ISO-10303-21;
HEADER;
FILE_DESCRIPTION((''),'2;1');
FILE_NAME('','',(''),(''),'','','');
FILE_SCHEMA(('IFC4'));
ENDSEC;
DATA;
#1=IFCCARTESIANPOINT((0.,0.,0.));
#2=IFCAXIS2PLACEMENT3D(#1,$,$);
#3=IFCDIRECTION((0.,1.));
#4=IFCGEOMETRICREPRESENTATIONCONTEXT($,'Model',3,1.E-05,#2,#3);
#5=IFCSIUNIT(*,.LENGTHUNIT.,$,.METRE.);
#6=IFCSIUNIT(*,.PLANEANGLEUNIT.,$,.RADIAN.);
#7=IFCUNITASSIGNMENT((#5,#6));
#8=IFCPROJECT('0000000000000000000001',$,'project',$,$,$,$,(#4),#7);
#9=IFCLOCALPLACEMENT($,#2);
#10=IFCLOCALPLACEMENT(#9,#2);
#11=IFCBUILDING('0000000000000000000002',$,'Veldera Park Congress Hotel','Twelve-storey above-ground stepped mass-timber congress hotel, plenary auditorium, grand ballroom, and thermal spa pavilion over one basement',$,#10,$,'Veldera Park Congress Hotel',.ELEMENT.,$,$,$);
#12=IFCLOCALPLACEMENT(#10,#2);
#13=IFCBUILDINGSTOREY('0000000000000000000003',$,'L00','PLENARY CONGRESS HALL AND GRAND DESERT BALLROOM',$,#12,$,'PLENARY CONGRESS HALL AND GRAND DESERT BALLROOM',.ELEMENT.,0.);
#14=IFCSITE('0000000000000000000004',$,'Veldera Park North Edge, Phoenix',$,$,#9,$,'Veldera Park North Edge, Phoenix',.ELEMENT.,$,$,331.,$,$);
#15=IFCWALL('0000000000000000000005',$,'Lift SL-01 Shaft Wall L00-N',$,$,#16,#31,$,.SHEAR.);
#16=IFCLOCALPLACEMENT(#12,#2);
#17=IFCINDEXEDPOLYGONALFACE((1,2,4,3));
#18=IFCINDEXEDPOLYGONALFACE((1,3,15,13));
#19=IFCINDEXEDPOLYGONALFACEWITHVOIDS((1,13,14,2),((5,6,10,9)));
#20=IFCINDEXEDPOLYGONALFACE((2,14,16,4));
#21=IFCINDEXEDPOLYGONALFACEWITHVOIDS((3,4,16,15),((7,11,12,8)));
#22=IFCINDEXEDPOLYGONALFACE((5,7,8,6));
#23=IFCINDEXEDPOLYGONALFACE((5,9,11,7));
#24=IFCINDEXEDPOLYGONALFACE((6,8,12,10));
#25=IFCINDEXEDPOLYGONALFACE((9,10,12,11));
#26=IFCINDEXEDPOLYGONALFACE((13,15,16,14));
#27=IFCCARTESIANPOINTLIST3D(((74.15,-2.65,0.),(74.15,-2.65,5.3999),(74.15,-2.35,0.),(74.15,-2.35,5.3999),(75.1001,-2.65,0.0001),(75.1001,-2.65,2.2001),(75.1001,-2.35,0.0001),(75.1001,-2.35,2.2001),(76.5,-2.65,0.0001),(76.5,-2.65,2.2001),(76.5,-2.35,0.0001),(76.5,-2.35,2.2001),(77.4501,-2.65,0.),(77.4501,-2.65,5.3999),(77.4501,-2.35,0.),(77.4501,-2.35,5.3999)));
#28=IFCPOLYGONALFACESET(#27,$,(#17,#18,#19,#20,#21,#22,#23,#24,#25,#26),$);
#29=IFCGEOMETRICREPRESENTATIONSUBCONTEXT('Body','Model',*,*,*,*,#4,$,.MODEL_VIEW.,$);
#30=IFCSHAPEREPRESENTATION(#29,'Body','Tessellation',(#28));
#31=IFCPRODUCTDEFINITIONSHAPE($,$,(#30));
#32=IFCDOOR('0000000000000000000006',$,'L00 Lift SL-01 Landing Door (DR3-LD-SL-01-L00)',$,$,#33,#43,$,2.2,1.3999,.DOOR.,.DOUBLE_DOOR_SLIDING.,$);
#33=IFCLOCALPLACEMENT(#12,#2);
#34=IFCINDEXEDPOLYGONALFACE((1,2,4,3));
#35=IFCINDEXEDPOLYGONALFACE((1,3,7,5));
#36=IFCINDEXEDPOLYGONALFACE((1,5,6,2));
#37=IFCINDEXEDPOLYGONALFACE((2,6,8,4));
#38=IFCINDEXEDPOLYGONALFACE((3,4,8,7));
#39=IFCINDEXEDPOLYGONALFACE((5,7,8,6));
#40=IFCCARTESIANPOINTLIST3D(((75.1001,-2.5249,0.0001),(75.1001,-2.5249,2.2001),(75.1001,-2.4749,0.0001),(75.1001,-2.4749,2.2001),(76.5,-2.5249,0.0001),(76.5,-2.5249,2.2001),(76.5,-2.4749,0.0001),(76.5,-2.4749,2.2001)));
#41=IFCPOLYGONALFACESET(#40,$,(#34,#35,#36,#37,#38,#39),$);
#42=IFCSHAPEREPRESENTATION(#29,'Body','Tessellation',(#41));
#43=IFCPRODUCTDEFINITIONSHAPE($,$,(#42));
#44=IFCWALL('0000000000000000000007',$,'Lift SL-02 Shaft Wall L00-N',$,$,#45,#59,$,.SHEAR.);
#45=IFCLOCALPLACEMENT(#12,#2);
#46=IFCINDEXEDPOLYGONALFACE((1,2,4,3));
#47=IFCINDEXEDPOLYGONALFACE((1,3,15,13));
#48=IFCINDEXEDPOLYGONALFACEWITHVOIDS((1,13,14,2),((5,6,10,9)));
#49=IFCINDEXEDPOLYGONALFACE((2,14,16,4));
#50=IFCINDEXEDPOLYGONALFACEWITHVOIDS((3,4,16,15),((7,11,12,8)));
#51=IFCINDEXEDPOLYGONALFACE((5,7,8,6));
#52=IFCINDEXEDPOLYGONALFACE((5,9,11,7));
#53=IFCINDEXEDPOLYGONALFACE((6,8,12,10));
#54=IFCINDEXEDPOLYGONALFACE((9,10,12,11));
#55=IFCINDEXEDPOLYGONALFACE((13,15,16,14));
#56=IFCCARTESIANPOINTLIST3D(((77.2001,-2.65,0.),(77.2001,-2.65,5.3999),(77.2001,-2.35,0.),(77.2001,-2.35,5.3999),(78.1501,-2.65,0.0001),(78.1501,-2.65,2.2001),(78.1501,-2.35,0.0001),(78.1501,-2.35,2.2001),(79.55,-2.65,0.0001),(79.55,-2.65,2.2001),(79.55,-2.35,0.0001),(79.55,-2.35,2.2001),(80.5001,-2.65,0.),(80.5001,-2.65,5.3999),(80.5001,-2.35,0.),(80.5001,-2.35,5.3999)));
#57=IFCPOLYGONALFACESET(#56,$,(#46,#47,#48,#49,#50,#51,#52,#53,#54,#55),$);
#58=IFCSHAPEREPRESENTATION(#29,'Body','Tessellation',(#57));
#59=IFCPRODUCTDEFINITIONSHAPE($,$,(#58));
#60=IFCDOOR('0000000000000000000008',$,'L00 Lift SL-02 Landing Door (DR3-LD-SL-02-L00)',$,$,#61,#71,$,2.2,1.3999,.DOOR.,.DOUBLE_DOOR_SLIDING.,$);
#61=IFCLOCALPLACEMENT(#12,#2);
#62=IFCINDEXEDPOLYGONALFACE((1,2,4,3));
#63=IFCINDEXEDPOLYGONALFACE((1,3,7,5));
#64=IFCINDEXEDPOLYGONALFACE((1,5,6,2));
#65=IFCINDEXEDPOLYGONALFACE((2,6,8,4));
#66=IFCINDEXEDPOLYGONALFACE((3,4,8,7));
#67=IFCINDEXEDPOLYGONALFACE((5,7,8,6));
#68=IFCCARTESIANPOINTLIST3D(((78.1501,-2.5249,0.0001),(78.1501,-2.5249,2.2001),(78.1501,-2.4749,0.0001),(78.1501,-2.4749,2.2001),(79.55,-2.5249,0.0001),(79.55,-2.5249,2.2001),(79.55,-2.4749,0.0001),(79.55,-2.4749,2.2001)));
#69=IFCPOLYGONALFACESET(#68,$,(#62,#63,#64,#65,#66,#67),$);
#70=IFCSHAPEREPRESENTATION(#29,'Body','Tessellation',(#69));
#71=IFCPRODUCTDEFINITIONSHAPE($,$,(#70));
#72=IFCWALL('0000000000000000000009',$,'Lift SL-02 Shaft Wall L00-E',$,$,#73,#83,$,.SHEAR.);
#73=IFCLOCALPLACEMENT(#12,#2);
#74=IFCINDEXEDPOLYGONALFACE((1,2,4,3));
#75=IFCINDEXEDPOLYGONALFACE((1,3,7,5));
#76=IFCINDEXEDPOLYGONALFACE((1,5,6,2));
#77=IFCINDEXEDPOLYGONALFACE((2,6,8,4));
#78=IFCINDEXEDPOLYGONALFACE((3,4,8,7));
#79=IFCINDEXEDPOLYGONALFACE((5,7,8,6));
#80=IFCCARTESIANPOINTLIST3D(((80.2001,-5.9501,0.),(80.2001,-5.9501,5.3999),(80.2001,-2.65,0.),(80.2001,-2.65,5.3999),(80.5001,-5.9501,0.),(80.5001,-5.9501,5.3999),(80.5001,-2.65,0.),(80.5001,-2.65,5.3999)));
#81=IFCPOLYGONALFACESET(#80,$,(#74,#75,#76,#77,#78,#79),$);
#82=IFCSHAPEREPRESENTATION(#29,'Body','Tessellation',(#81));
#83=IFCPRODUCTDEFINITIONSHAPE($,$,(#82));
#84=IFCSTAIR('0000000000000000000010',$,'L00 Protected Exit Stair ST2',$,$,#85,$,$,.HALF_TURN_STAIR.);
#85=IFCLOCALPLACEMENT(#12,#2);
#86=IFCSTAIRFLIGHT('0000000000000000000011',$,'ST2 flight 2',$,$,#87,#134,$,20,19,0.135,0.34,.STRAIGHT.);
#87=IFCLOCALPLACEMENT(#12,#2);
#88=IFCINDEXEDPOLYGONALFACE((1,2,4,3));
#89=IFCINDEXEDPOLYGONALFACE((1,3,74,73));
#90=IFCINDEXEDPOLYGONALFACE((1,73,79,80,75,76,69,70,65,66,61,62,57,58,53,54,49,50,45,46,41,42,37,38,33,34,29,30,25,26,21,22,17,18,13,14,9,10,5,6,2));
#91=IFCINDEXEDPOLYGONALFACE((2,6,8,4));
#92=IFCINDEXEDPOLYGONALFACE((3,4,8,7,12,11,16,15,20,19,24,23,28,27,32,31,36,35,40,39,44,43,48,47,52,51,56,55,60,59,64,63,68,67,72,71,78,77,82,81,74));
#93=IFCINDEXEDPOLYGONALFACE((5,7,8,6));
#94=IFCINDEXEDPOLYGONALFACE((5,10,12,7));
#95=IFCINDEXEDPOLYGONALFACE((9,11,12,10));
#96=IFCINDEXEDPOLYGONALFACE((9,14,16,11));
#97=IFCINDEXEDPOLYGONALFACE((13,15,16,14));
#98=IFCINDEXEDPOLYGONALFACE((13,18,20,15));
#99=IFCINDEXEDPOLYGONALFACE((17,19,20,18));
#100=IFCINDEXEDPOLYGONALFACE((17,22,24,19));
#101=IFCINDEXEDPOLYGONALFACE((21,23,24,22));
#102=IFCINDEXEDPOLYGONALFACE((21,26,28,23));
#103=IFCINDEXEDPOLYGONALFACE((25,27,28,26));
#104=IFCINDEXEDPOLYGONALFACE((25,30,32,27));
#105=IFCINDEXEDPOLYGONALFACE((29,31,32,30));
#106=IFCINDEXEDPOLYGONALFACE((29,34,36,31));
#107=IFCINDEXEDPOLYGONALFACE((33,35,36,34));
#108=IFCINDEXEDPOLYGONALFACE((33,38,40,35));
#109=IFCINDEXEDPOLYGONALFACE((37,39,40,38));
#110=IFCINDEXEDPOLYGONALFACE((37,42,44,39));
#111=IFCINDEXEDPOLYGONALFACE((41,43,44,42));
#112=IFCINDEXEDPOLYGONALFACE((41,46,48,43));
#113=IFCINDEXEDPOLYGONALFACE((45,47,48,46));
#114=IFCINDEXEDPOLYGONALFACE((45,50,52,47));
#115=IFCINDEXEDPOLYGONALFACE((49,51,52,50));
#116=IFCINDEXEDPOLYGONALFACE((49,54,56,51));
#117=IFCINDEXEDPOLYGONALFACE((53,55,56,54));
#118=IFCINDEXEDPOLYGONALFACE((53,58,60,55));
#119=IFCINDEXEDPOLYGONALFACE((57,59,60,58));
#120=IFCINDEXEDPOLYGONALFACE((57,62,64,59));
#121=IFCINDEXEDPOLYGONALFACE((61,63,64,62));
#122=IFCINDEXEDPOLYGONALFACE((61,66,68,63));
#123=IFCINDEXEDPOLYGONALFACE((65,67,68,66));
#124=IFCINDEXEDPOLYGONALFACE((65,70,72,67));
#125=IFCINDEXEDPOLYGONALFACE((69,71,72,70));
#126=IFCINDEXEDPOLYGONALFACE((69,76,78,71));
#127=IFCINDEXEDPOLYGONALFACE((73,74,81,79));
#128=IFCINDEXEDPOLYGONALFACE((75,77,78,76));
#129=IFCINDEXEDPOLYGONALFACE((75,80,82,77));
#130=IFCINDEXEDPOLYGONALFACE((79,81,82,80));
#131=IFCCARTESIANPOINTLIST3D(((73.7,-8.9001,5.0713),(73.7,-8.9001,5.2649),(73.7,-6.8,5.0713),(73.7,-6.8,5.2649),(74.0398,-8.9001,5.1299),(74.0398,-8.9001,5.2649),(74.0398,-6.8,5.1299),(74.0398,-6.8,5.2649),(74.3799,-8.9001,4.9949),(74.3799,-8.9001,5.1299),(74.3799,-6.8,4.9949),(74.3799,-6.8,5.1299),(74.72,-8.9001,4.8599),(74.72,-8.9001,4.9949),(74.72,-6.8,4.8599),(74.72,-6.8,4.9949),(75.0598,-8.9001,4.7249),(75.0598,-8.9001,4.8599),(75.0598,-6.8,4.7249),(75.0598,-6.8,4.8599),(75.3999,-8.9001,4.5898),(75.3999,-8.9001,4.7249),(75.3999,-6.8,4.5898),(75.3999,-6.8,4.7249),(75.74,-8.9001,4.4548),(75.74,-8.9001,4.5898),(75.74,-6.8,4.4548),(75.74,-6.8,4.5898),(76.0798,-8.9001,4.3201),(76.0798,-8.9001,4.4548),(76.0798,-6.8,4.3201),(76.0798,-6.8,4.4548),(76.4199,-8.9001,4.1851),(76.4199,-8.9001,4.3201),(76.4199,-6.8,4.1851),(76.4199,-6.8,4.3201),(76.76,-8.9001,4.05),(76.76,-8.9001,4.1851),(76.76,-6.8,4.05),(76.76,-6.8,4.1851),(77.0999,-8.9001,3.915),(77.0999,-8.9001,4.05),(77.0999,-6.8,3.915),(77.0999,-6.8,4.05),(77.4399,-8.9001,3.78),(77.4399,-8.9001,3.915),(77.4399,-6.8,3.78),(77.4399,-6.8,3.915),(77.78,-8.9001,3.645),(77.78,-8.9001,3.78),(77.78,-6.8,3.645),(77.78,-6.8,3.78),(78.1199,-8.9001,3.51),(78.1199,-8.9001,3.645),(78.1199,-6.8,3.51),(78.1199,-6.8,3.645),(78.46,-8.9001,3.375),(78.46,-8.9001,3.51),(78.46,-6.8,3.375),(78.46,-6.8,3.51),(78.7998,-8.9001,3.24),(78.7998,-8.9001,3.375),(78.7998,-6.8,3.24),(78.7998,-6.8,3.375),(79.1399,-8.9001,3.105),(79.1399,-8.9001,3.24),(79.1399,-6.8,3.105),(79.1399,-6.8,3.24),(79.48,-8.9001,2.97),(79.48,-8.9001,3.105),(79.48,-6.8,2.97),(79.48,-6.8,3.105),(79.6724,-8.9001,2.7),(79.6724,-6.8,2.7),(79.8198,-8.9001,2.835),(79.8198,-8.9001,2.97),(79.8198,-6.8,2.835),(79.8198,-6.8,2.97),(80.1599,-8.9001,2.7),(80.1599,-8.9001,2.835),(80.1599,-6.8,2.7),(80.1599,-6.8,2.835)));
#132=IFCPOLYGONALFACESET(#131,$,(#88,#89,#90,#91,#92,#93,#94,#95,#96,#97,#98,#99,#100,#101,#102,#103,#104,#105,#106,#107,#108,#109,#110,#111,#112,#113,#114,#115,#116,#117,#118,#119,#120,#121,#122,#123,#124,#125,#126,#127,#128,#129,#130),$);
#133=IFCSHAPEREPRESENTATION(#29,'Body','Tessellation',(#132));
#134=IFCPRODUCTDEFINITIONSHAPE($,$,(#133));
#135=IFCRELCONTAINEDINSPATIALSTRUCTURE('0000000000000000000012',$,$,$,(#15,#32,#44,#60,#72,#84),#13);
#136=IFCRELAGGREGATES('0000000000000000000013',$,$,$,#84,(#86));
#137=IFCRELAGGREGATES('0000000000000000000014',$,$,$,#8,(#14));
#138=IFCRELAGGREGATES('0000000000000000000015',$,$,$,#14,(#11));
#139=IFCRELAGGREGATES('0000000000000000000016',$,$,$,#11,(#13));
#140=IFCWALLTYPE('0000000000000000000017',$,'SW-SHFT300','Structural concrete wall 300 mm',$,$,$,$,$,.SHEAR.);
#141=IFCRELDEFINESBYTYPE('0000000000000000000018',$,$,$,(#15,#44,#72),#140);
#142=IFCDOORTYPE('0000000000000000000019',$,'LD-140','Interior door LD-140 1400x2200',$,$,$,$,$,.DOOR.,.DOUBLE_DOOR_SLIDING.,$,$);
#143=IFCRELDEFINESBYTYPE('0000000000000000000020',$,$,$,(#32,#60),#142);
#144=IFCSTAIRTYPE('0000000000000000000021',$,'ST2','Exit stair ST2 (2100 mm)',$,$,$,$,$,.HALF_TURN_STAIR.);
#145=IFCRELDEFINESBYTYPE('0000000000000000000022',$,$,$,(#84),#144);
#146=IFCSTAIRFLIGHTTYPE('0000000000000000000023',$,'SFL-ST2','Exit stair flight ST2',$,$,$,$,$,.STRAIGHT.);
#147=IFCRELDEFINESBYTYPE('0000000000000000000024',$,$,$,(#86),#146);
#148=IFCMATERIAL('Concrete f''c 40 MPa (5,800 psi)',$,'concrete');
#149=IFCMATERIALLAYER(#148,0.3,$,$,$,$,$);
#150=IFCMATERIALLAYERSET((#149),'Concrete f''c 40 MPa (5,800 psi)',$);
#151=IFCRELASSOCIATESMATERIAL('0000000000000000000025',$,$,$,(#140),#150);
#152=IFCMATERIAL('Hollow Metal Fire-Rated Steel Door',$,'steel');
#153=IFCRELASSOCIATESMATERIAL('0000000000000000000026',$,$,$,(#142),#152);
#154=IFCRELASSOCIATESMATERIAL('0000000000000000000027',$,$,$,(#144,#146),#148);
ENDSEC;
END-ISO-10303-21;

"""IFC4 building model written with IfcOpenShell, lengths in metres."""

from ifc_helpers import new_model, si_unit, direction, frame, frame_2d, origin, place, context, subcontext, project, spatial, polyline, rectangle, outline, extrude, material, layer, layer_set, type_object, element, fill, aggregate, save


model = new_model("IFC4")

# Units and contexts
model_context = context("Model", 3, precision=1e-05, world=origin(), true_north=direction((0.0, 1.0)))
body_context = subcontext(model_context, "Body", "Model", "MODEL_VIEW")
ifc_project = project(units=[si_unit("LENGTHUNIT", "METRE"), si_unit("PLANEANGLEUNIT", "RADIAN")], contexts=[model_context])

# Site, building, storey
site_placement = place(None, origin())
site = spatial("IfcSite", under=ifc_project, at=site_placement, Name="Veldera Park North Edge, Phoenix", LongName="Veldera Park North Edge, Phoenix", CompositionType="ELEMENT", RefElevation=331.0)
building_placement = place(site_placement, origin())
building = spatial("IfcBuilding", under=site, at=building_placement, Name="Veldera Park Congress Hotel", Description="Twelve-storey above-ground stepped mass-timber congress hotel, plenary auditorium, grand ballroom, and thermal spa pavilion over one basement", LongName="Veldera Park Congress Hotel", CompositionType="ELEMENT")
storey_placement = place(building_placement, origin())
storey = spatial("IfcBuildingStorey", under=building, at=storey_placement, Name="L00", Description="PLENARY CONGRESS HALL AND GRAND DESERT BALLROOM", LongName="PLENARY CONGRESS HALL AND GRAND DESERT BALLROOM", CompositionType="ELEMENT", Elevation=0.0)

# Shared definitions
ifc_material_1 = material(Name="Concrete f'c 40 MPa (5,800 psi)", Category="concrete")

# Walls, openings, doors
ifc_layer_1 = layer(ifc_material_1, 0.3)
ifc_layer_set_1 = layer_set([ifc_layer_1], Name="Concrete f'c 40 MPa (5,800 psi)")
wall_type_1 = type_object("IfcWallType", Name="SW-SHFT300", Description="Structural concrete wall 300 mm", PredefinedType="SHEAR", material=ifc_layer_set_1)
wall_1_placement = place(storey_placement, frame((77.45, -2.5, 0.0), z_axis=(0.0, 0.0, 1.0), x_axis=(-1.0, 0.0, 0.0)))
wall_1 = element("IfcWall", 1, at=wall_1_placement, inside=storey, type_object=wall_type_1, Name="Lift SL-01 Shaft Wall L00-N", PredefinedType="SHEAR", context=body_context, shape_type="SweptSolid", body=[
    extrude(rectangle(XDim=3.3, YDim=0.3, at=frame_2d((1.6499, 0.0))), origin(), (0.0, 0.0, 1.0), 5.3999),
])
opening_1_placement = place(wall_1_placement, frame((0.95, 0.0, 0.0)))
opening_1 = element("IfcOpeningElement", 2, at=opening_1_placement, cuts=wall_1, PredefinedType="OPENING", context=body_context, shape_type="SweptSolid", body=[
    extrude(rectangle(XDim=1.3999, YDim=2.2, at=frame_2d((0.7, 1.1001))), frame((0.0, 0.1621, 0.0), z_axis=(0.0, -1.0, 0.0), x_axis=(1.0, 0.0, 0.0)), (0.0, 0.0, 1.0), 0.324),
])
ifc_material_2 = material(Name="Hollow Metal Fire-Rated Steel Door", Category="steel")
door_type_1 = type_object("IfcDoorType", Name="LD-140", Description="Interior door LD-140 1400x2200", OperationType="DOUBLE_DOOR_SLIDING", PredefinedType="DOOR", material=ifc_material_2)
door_1_placement = place(opening_1_placement, origin())
door_1 = element("IfcDoor", 3, at=door_1_placement, inside=storey, type_object=door_type_1, Name="L00 Lift SL-01 Landing Door (DR3-LD-SL-01-L00)", OperationType="DOUBLE_DOOR_SLIDING", OverallHeight=2.2, OverallWidth=1.3999, PredefinedType="DOOR", context=body_context, shape_type="SweptSolid", body=[
    extrude(rectangle(XDim=1.3999, YDim=2.2, at=frame_2d((0.7, 1.1001))), frame((0.0, 0.0249, 0.0), z_axis=(0.0, -1.0, 0.0), x_axis=(1.0, 0.0, 0.0)), (0.0, 0.0, 1.0), 0.05),
])
fill(opening_1, door_1)
wall_2_placement = place(storey_placement, frame((80.5, -2.5, 0.0), z_axis=(0.0, 0.0, 1.0), x_axis=(-1.0, 0.0, 0.0)))
wall_2 = element("IfcWall", 4, at=wall_2_placement, inside=storey, type_object=wall_type_1, Name="Lift SL-02 Shaft Wall L00-N", PredefinedType="SHEAR", context=body_context, shape_type="SweptSolid", body=[
    extrude(rectangle(XDim=3.3, YDim=0.3, at=frame_2d((1.6499, 0.0))), origin(), (0.0, 0.0, 1.0), 5.3999),
])
opening_2_placement = place(wall_2_placement, frame((0.95, 0.0, 0.0)))
opening_2 = element("IfcOpeningElement", 5, at=opening_2_placement, cuts=wall_2, PredefinedType="OPENING", context=body_context, shape_type="SweptSolid", body=[
    extrude(rectangle(XDim=1.3999, YDim=2.2, at=frame_2d((0.7, 1.1001))), frame((0.0, 0.1621, 0.0), z_axis=(0.0, -1.0, 0.0), x_axis=(1.0, 0.0, 0.0)), (0.0, 0.0, 1.0), 0.324),
])
door_2_placement = place(opening_2_placement, origin())
door_2 = element("IfcDoor", 6, at=door_2_placement, inside=storey, type_object=door_type_1, Name="L00 Lift SL-02 Landing Door (DR3-LD-SL-02-L00)", OperationType="DOUBLE_DOOR_SLIDING", OverallHeight=2.2, OverallWidth=1.3999, PredefinedType="DOOR", context=body_context, shape_type="SweptSolid", body=[
    extrude(rectangle(XDim=1.3999, YDim=2.2, at=frame_2d((0.7, 1.1001))), frame((0.0, 0.0249, 0.0), z_axis=(0.0, -1.0, 0.0), x_axis=(1.0, 0.0, 0.0)), (0.0, 0.0, 1.0), 0.05),
])
fill(opening_2, door_2)

# Wall
wall_3_placement = place(storey_placement, frame((80.3501, -5.95, 0.0), z_axis=(0.0, 0.0, 1.0), x_axis=(0.0, 1.0, 0.0)))
element("IfcWall", 7, at=wall_3_placement, inside=storey, type_object=wall_type_1, Name="Lift SL-02 Shaft Wall L00-E", PredefinedType="SHEAR", context=body_context, shape_type="SweptSolid", body=[
    extrude(rectangle(XDim=3.3, YDim=0.3, at=frame_2d((1.6499, 0.0))), origin(), (0.0, 0.0, 1.0), 5.3999),
])

# Stair, stair flight
stair_type = type_object("IfcStairType", Name="ST2", Description="Exit stair ST2 (2100 mm)", PredefinedType="HALF_TURN_STAIR", material=ifc_material_1)
stair_placement = place(storey_placement, origin())
stair = element("IfcStair", 8, at=stair_placement, inside=storey, type_object=stair_type, Name="L00 Protected Exit Stair ST2", PredefinedType="HALF_TURN_STAIR")
stair_flight_type = type_object("IfcStairFlightType", Name="SFL-ST2", Description="Exit stair flight ST2", PredefinedType="STRAIGHT", material=ifc_material_1)
stair_flight_placement = place(storey_placement, frame((80.1599, -7.8501, 2.7), z_axis=(0.0, 0.0, 1.0), x_axis=(-1.0, 0.0, 0.0)))
stair_flight = element("IfcStairFlight", 9, at=stair_flight_placement, type_object=stair_flight_type, Name="ST2 flight 2", NumberOfRisers=20, NumberOfTreads=19, PredefinedType="STRAIGHT", RiserHeight=0.135, TreadLength=0.34, context=body_context, shape_type="SweptSolid", body=[
    extrude(outline(polyline([(0.0, 0.0), (0.0, 0.135), (0.3401, 0.135), (0.3401, 0.27), (0.6799, 0.27), (0.6799, 0.405), (1.02, 0.405), (1.02, 0.54), (1.3601, 0.54), (1.3601, 0.675), (1.7, 0.675), (1.7, 0.8101), (2.04, 0.8101), (2.04, 0.9451), (2.3799, 0.9451), (2.3799, 1.0801), (2.72, 1.0801), (2.72, 1.2151), (3.0601, 1.2151), (3.0601, 1.3501), (3.3999, 1.3501), (3.3999, 1.4851), (3.74, 1.4851), (3.74, 1.6201), (4.0801, 1.6201), (4.0801, 1.7549), (4.4199, 1.7549), (4.4199, 1.8899), (4.76, 1.8899), (4.76, 2.0249), (5.1001, 2.0249), (5.1001, 2.1599), (5.4399, 2.1599), (5.4399, 2.2949), (5.78, 2.2949), (5.78, 2.4299), (6.1201, 2.4299), (6.1201, 2.5649), (6.46, 2.5649), (6.46, 2.7), (6.46, 2.7), (6.46, 2.3713), (0.4875, 0.0), (0.0, 0.0)])), frame((0.0, 1.05, 0.0), z_axis=(0.0, -1.0, 0.0), x_axis=(1.0, 0.0, 0.0)), (0.0, 0.0, 1.0), 2.1001),
])
aggregate(stair, [stair_flight])

save(model, "model.ifc")
